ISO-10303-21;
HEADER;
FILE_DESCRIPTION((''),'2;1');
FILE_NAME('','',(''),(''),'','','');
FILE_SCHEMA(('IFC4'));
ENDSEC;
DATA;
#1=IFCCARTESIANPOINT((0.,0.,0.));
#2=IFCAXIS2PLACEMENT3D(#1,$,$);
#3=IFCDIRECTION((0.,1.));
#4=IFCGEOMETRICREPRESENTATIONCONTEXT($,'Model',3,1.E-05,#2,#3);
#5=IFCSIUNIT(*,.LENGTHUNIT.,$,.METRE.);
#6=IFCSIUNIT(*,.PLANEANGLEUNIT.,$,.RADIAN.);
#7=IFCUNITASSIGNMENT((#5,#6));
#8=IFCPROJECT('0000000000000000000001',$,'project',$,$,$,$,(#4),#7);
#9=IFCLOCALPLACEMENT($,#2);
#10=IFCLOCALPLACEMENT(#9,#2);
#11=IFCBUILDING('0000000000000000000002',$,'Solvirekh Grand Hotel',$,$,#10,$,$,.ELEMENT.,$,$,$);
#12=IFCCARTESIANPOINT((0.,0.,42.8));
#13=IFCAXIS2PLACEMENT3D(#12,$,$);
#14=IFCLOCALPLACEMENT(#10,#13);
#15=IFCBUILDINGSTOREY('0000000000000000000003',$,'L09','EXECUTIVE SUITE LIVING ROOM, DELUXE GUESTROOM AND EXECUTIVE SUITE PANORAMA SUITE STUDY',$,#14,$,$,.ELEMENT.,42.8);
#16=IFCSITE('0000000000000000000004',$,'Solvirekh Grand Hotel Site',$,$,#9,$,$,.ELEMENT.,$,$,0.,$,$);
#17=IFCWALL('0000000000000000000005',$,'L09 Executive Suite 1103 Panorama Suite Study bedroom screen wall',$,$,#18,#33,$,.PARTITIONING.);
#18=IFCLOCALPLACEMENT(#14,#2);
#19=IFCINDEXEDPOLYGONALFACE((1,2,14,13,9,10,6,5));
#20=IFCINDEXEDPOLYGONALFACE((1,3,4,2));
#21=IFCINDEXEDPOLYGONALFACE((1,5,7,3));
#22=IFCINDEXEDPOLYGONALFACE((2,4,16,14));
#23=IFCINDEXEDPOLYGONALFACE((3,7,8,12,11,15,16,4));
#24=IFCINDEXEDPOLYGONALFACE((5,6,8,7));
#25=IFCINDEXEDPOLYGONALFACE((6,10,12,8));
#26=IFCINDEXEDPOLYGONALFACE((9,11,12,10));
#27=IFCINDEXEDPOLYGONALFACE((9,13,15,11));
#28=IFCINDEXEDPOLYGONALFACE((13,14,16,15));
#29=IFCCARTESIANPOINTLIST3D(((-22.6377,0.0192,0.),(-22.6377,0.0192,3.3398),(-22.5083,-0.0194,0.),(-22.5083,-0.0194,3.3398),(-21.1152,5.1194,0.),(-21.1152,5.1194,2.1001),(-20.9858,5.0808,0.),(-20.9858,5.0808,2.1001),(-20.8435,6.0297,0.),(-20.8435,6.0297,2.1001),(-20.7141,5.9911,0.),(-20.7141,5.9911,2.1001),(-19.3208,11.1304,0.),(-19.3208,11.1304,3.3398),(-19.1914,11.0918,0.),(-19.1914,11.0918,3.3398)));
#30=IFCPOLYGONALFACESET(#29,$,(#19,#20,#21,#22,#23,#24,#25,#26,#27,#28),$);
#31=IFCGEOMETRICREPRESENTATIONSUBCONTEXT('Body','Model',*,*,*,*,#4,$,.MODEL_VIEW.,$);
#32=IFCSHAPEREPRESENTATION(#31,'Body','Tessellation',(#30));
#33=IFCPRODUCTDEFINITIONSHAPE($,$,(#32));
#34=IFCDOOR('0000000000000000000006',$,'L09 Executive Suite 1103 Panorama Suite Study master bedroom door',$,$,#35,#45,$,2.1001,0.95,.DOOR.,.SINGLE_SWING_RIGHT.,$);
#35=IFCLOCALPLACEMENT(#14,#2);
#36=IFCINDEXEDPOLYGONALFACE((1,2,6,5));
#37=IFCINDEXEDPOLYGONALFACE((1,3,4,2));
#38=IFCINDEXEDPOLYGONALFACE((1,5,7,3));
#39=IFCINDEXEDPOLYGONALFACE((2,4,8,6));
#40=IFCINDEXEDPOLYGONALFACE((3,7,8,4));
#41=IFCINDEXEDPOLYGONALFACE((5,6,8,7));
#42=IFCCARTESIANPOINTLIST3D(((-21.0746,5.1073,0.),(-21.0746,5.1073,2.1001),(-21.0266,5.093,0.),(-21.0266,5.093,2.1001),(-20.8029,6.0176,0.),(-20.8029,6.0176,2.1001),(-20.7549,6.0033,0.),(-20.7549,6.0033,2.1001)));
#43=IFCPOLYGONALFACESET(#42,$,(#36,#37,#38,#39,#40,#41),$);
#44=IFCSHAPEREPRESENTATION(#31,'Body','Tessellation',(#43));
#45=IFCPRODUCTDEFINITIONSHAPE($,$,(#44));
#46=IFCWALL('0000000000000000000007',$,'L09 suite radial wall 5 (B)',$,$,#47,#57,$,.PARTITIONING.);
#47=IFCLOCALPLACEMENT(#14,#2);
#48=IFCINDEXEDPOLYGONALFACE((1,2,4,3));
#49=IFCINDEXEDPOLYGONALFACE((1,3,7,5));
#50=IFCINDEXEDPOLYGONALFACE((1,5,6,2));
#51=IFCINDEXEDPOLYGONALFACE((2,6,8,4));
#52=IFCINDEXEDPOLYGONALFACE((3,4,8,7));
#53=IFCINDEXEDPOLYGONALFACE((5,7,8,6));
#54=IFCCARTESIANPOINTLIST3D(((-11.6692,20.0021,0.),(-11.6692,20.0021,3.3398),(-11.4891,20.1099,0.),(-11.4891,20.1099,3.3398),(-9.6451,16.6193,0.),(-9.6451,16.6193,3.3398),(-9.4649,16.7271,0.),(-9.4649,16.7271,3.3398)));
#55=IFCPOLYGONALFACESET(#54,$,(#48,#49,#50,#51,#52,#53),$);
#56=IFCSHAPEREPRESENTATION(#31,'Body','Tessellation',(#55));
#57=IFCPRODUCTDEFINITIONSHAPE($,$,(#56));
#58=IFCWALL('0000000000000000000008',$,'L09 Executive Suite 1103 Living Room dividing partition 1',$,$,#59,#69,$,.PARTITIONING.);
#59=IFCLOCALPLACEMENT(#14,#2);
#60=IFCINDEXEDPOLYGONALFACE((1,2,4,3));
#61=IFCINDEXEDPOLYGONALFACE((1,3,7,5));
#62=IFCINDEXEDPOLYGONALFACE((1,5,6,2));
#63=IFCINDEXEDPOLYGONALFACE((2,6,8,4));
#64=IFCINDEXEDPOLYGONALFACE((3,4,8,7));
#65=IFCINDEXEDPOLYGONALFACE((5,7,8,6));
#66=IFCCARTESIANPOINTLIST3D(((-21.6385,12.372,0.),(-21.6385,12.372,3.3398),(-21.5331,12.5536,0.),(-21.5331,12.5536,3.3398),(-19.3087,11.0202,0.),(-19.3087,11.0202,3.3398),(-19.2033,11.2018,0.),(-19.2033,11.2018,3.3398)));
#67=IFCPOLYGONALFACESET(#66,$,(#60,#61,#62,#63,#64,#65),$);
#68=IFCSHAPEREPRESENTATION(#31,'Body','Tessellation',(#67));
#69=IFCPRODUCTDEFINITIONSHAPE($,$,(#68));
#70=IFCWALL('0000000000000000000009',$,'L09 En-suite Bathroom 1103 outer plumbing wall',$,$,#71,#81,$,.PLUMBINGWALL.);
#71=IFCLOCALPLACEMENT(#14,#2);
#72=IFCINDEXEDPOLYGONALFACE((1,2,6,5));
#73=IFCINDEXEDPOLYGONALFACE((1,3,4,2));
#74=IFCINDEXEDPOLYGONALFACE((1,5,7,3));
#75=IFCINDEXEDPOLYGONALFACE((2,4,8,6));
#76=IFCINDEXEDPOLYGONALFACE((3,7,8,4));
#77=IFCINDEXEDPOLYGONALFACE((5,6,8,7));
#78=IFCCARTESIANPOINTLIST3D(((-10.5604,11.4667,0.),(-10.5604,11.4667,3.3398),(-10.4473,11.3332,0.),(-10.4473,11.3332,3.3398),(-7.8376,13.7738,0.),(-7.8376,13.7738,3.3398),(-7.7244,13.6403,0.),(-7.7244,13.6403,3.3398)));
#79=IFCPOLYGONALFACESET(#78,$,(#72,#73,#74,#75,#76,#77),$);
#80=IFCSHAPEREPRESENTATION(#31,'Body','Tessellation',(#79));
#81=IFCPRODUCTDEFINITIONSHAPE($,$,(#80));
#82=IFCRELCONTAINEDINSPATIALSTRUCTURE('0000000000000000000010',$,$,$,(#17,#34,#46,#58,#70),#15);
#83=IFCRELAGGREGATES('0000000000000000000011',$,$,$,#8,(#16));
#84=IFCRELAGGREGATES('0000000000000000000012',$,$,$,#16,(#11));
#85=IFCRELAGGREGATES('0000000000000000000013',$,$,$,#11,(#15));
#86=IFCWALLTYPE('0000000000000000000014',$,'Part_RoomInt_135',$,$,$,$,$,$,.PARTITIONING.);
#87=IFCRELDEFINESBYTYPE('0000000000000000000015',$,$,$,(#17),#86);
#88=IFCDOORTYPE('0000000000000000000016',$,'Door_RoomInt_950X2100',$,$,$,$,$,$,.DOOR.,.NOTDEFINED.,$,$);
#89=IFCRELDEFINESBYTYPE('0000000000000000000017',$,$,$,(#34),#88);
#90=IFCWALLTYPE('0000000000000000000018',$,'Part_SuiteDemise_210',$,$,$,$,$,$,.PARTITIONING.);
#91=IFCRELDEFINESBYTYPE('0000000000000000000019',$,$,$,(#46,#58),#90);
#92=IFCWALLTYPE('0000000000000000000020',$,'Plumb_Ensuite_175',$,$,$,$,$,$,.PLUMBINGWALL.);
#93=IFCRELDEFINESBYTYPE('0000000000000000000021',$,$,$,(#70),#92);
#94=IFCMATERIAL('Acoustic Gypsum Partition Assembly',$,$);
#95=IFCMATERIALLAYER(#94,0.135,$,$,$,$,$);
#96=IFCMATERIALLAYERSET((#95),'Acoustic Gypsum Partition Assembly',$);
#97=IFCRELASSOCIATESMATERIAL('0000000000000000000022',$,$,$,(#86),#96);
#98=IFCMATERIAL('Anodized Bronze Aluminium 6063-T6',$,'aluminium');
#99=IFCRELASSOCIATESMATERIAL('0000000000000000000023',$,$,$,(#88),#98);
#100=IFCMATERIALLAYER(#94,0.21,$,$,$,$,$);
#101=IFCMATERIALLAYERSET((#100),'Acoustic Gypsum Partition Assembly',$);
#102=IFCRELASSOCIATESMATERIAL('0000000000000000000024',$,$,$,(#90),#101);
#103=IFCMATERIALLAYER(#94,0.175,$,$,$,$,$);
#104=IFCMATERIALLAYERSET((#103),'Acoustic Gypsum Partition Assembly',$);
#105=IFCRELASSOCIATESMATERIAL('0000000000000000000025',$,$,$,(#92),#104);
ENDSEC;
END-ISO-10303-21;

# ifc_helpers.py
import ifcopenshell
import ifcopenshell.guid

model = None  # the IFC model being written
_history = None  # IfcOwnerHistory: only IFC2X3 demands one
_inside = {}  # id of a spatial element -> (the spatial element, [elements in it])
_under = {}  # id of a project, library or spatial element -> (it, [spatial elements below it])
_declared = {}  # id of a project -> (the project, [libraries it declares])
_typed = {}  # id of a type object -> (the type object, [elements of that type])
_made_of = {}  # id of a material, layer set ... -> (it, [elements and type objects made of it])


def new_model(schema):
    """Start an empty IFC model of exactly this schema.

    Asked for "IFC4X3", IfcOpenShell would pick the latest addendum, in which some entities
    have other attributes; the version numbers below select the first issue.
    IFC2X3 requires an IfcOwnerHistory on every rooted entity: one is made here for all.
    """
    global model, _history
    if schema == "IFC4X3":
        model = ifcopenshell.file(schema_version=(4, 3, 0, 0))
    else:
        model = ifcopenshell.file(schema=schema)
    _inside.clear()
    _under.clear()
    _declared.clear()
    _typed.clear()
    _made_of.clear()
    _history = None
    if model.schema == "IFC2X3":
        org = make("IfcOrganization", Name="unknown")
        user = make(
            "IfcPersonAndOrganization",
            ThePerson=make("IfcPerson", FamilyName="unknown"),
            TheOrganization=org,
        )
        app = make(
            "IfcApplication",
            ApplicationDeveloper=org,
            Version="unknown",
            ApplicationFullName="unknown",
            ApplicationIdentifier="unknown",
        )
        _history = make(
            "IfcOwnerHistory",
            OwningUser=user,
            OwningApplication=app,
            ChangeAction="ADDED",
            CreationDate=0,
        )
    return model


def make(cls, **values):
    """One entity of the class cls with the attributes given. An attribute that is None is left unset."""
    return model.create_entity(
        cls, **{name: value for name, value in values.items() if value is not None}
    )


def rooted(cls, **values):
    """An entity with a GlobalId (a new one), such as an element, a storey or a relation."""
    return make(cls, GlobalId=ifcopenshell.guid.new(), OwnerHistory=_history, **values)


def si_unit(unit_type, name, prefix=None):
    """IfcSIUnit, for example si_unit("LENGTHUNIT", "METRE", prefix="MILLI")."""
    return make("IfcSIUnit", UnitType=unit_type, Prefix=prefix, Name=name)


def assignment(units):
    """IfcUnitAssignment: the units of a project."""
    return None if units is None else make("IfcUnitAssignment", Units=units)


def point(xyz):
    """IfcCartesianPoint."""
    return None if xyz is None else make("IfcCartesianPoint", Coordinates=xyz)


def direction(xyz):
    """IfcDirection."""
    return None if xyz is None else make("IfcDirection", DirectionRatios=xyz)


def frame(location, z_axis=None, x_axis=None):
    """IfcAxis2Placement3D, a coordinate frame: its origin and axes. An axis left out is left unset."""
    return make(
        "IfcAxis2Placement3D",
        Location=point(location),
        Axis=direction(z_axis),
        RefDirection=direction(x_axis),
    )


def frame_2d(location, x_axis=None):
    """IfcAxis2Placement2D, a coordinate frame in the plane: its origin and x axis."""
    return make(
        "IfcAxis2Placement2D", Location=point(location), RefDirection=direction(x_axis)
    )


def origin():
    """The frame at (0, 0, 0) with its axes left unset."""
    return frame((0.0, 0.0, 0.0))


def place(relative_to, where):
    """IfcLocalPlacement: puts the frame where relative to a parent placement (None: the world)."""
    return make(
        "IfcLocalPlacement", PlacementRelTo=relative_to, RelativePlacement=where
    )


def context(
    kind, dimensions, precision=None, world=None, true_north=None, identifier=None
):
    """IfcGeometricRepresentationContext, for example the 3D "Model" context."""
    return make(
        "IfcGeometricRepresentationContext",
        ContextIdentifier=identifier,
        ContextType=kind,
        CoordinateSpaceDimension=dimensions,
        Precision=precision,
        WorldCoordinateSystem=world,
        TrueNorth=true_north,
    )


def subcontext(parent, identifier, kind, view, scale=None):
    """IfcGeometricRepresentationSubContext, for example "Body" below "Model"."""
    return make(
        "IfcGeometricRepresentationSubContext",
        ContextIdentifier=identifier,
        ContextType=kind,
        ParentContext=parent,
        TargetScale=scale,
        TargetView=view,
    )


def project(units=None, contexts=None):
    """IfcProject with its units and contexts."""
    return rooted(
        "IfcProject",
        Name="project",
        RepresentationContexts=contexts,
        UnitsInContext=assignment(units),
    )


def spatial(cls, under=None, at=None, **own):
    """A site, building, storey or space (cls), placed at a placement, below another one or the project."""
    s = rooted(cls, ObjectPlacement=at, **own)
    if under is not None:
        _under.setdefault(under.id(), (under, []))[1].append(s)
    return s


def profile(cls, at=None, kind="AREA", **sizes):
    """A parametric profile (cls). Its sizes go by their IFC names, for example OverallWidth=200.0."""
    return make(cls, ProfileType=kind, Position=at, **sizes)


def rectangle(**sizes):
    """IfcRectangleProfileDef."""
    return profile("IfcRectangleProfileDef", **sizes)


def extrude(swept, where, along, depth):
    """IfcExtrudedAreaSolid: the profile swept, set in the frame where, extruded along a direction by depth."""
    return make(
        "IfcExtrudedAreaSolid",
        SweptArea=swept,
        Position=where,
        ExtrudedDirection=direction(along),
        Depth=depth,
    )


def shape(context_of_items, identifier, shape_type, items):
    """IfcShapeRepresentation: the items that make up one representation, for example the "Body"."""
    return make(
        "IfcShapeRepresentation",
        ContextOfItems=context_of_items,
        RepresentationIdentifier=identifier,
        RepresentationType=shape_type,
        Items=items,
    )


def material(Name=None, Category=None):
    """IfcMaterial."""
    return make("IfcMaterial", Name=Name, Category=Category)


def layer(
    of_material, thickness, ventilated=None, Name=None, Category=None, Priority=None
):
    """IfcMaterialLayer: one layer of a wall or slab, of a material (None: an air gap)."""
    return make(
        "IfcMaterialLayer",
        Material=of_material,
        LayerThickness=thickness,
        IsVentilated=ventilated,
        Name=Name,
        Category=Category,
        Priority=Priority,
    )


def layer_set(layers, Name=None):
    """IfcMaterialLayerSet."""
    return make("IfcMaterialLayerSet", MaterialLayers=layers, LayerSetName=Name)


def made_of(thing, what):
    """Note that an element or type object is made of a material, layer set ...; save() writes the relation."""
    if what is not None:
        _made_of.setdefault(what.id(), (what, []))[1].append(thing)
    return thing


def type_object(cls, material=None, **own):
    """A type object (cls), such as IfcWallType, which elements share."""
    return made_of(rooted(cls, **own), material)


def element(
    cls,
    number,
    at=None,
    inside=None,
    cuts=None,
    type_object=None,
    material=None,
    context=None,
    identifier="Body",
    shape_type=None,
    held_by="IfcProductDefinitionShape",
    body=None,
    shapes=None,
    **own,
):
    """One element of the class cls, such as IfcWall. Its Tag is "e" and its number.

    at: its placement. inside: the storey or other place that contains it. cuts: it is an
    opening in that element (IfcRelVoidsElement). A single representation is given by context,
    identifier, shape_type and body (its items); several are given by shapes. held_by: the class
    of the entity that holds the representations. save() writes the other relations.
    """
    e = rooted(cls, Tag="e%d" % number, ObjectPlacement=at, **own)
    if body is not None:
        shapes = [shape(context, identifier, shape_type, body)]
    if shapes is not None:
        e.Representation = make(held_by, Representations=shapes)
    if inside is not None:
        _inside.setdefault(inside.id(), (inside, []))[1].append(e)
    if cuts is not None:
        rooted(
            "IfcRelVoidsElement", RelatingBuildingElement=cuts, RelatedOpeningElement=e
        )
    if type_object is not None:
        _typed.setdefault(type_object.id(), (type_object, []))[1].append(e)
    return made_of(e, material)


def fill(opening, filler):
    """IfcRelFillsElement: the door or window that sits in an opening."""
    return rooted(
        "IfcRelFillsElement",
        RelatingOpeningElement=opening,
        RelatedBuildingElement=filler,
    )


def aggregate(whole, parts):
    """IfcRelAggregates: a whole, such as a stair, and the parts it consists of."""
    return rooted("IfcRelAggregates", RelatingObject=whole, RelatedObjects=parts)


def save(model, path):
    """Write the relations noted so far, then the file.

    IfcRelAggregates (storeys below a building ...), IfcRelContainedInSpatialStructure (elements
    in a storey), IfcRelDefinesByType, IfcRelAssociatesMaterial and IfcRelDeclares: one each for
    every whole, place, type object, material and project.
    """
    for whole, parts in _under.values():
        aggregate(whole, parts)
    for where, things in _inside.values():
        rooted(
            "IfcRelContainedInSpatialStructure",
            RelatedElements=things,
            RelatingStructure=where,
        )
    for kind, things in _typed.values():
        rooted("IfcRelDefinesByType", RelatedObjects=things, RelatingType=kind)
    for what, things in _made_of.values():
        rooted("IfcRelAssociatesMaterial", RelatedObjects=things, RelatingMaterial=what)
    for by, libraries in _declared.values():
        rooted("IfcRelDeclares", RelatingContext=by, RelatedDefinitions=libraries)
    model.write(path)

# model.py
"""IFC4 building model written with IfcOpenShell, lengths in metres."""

from ifc_helpers import new_model, si_unit, direction, frame, frame_2d, origin, place, context, subcontext, project, spatial, rectangle, extrude, material, layer, layer_set, type_object, element, fill, save


model = new_model("IFC4")

# Units and contexts
model_context = context("Model", 3, precision=1e-05, world=origin(), true_north=direction((0.0, 1.0)))
body_context = subcontext(model_context, "Body", "Model", "MODEL_VIEW")
ifc_project = project(units=[si_unit("LENGTHUNIT", "METRE"), si_unit("PLANEANGLEUNIT", "RADIAN")], contexts=[model_context])

# Site, building, storey
site_placement = place(None, origin())
site = spatial("IfcSite", under=ifc_project, at=site_placement, Name="Solvirekh Grand Hotel Site", CompositionType="ELEMENT", RefElevation=0.0)
building_placement = place(site_placement, origin())
building = spatial("IfcBuilding", under=site, at=building_placement, Name="Solvirekh Grand Hotel", CompositionType="ELEMENT")
storey_placement = place(building_placement, frame((0.0, 0.0, 42.8)))
storey = spatial("IfcBuildingStorey", under=building, at=storey_placement, Name="L09", Description="EXECUTIVE SUITE LIVING ROOM, DELUXE GUESTROOM AND EXECUTIVE SUITE PANORAMA SUITE STUDY", CompositionType="ELEMENT", Elevation=42.8)

# Shared definitions
ifc_material_1 = material(Name="Anodized Bronze Aluminium 6063-T6", Category="aluminium")

# Wall, opening, door
ifc_material_2 = material(Name="Acoustic Gypsum Partition Assembly")
ifc_layer_1 = layer(ifc_material_2, 0.135)
ifc_layer_set_1 = layer_set([ifc_layer_1], Name="Acoustic Gypsum Partition Assembly")
wall_type_1 = type_object("IfcWallType", Name="Part_RoomInt_135", PredefinedType="PARTITIONING", material=ifc_layer_set_1)
door_type = type_object("IfcDoorType", Name="Door_RoomInt_950X2100", OperationType="NOTDEFINED", PredefinedType="DOOR", material=ifc_material_1)
wall_1_placement = place(storey_placement, frame((-19.2561, 11.1111, 0.0), z_axis=(0.0, 0.0, 1.0), x_axis=(-0.286048, -0.958215, 0.0)))
wall_1 = element("IfcWall", 1, at=wall_1_placement, inside=storey, type_object=wall_type_1, Name="L09 Executive Suite 1103 Panorama Suite Study bedroom screen wall", PredefinedType="PARTITIONING", context=body_context, shape_type="SweptSolid", body=[
    extrude(rectangle(XDim=11.5957, YDim=0.135, at=frame_2d((5.7979, 0.0))), origin(), (0.0, 0.0, 1.0), 3.3398),
])
opening_1_placement = place(wall_1_placement, frame((5.323, 0.0, 0.0)))
opening_1 = element("IfcOpeningElement", 2, at=opening_1_placement, cuts=wall_1, PredefinedType="OPENING", context=body_context, shape_type="SweptSolid", body=[
    extrude(rectangle(XDim=0.95, YDim=2.1001, at=frame_2d((0.4751, 1.05))), frame((0.0, 0.0776, 0.0), z_axis=(0.0, -1.0, 0.0), x_axis=(1.0, 0.0, 0.0)), (0.0, 0.0, 1.0), 0.155),
])
door_1_placement = place(opening_1_placement, origin())
door_1 = element("IfcDoor", 3, at=door_1_placement, inside=storey, type_object=door_type, Name="L09 Executive Suite 1103 Panorama Suite Study master bedroom door", OperationType="SINGLE_SWING_RIGHT", OverallHeight=2.1001, OverallWidth=0.95, PredefinedType="DOOR", context=body_context, shape_type="SweptSolid", body=[
    extrude(rectangle(XDim=0.95, YDim=2.1001, at=frame_2d((0.4751, 1.05))), frame((0.0, 0.0249, 0.0), z_axis=(0.0, -1.0, 0.0), x_axis=(1.0, 0.0, 0.0)), (0.0, 0.0, 1.0), 0.05),
])
fill(opening_1, door_1)

# Walls
ifc_layer_2 = layer(ifc_material_2, 0.21)
ifc_layer_set_2 = layer_set([ifc_layer_2], Name="Acoustic Gypsum Partition Assembly")
wall_type_2 = type_object("IfcWallType", Name="Part_SuiteDemise_210", PredefinedType="PARTITIONING", material=ifc_layer_set_2)
wall_2_placement = place(storey_placement, frame((-9.5549, 16.6731, 0.0), z_axis=(0.0, 0.0, 1.0), x_axis=(-0.513466, 0.85811, 0.0)))
element("IfcWall", 4, at=wall_2_placement, inside=storey, type_object=wall_type_2, Name="L09 suite radial wall 5 (B)", PredefinedType="PARTITIONING", context=body_context, shape_type="SweptSolid", body=[
    extrude(rectangle(XDim=3.9421, YDim=0.21, at=frame_2d((1.9712, 0.0))), origin(), (0.0, 0.0, 1.0), 3.3398),
])
wall_3_placement = place(storey_placement, frame((-19.2561, 11.1111, 0.0), z_axis=(0.0, 0.0, 1.0), x_axis=(-0.86495, 0.501858, 0.0)))
element("IfcWall", 5, at=wall_3_placement, inside=storey, type_object=wall_type_2, Name="L09 Executive Suite 1103 Living Room dividing partition 1", PredefinedType="PARTITIONING", context=body_context, shape_type="SweptSolid", body=[
    extrude(rectangle(XDim=2.6936, YDim=0.21, at=frame_2d((1.3467, 0.0))), origin(), (0.0, 0.0, 1.0), 3.3398),
])
ifc_layer_3 = layer(ifc_material_2, 0.175)
ifc_layer_set_3 = layer_set([ifc_layer_3], Name="Acoustic Gypsum Partition Assembly")
wall_type_3 = type_object("IfcWallType", Name="Plumb_Ensuite_175", PredefinedType="PLUMBINGWALL", material=ifc_layer_set_3)
wall_4_placement = place(storey_placement, frame((-7.781, 13.707, 0.0), z_axis=(0.0, 0.0, 1.0), x_axis=(-0.762953, -0.646454, 0.0)))
element("IfcWall", 6, at=wall_4_placement, inside=storey, type_object=wall_type_3, Name="L09 En-suite Bathroom 1103 outer plumbing wall", PredefinedType="PLUMBINGWALL", context=body_context, shape_type="SweptSolid", body=[
    extrude(rectangle(XDim=3.5688, YDim=0.175, at=frame_2d((1.7844, 0.0))), origin(), (0.0, 0.0, 1.0), 3.3398),
])

save(model, "model.ifc")
